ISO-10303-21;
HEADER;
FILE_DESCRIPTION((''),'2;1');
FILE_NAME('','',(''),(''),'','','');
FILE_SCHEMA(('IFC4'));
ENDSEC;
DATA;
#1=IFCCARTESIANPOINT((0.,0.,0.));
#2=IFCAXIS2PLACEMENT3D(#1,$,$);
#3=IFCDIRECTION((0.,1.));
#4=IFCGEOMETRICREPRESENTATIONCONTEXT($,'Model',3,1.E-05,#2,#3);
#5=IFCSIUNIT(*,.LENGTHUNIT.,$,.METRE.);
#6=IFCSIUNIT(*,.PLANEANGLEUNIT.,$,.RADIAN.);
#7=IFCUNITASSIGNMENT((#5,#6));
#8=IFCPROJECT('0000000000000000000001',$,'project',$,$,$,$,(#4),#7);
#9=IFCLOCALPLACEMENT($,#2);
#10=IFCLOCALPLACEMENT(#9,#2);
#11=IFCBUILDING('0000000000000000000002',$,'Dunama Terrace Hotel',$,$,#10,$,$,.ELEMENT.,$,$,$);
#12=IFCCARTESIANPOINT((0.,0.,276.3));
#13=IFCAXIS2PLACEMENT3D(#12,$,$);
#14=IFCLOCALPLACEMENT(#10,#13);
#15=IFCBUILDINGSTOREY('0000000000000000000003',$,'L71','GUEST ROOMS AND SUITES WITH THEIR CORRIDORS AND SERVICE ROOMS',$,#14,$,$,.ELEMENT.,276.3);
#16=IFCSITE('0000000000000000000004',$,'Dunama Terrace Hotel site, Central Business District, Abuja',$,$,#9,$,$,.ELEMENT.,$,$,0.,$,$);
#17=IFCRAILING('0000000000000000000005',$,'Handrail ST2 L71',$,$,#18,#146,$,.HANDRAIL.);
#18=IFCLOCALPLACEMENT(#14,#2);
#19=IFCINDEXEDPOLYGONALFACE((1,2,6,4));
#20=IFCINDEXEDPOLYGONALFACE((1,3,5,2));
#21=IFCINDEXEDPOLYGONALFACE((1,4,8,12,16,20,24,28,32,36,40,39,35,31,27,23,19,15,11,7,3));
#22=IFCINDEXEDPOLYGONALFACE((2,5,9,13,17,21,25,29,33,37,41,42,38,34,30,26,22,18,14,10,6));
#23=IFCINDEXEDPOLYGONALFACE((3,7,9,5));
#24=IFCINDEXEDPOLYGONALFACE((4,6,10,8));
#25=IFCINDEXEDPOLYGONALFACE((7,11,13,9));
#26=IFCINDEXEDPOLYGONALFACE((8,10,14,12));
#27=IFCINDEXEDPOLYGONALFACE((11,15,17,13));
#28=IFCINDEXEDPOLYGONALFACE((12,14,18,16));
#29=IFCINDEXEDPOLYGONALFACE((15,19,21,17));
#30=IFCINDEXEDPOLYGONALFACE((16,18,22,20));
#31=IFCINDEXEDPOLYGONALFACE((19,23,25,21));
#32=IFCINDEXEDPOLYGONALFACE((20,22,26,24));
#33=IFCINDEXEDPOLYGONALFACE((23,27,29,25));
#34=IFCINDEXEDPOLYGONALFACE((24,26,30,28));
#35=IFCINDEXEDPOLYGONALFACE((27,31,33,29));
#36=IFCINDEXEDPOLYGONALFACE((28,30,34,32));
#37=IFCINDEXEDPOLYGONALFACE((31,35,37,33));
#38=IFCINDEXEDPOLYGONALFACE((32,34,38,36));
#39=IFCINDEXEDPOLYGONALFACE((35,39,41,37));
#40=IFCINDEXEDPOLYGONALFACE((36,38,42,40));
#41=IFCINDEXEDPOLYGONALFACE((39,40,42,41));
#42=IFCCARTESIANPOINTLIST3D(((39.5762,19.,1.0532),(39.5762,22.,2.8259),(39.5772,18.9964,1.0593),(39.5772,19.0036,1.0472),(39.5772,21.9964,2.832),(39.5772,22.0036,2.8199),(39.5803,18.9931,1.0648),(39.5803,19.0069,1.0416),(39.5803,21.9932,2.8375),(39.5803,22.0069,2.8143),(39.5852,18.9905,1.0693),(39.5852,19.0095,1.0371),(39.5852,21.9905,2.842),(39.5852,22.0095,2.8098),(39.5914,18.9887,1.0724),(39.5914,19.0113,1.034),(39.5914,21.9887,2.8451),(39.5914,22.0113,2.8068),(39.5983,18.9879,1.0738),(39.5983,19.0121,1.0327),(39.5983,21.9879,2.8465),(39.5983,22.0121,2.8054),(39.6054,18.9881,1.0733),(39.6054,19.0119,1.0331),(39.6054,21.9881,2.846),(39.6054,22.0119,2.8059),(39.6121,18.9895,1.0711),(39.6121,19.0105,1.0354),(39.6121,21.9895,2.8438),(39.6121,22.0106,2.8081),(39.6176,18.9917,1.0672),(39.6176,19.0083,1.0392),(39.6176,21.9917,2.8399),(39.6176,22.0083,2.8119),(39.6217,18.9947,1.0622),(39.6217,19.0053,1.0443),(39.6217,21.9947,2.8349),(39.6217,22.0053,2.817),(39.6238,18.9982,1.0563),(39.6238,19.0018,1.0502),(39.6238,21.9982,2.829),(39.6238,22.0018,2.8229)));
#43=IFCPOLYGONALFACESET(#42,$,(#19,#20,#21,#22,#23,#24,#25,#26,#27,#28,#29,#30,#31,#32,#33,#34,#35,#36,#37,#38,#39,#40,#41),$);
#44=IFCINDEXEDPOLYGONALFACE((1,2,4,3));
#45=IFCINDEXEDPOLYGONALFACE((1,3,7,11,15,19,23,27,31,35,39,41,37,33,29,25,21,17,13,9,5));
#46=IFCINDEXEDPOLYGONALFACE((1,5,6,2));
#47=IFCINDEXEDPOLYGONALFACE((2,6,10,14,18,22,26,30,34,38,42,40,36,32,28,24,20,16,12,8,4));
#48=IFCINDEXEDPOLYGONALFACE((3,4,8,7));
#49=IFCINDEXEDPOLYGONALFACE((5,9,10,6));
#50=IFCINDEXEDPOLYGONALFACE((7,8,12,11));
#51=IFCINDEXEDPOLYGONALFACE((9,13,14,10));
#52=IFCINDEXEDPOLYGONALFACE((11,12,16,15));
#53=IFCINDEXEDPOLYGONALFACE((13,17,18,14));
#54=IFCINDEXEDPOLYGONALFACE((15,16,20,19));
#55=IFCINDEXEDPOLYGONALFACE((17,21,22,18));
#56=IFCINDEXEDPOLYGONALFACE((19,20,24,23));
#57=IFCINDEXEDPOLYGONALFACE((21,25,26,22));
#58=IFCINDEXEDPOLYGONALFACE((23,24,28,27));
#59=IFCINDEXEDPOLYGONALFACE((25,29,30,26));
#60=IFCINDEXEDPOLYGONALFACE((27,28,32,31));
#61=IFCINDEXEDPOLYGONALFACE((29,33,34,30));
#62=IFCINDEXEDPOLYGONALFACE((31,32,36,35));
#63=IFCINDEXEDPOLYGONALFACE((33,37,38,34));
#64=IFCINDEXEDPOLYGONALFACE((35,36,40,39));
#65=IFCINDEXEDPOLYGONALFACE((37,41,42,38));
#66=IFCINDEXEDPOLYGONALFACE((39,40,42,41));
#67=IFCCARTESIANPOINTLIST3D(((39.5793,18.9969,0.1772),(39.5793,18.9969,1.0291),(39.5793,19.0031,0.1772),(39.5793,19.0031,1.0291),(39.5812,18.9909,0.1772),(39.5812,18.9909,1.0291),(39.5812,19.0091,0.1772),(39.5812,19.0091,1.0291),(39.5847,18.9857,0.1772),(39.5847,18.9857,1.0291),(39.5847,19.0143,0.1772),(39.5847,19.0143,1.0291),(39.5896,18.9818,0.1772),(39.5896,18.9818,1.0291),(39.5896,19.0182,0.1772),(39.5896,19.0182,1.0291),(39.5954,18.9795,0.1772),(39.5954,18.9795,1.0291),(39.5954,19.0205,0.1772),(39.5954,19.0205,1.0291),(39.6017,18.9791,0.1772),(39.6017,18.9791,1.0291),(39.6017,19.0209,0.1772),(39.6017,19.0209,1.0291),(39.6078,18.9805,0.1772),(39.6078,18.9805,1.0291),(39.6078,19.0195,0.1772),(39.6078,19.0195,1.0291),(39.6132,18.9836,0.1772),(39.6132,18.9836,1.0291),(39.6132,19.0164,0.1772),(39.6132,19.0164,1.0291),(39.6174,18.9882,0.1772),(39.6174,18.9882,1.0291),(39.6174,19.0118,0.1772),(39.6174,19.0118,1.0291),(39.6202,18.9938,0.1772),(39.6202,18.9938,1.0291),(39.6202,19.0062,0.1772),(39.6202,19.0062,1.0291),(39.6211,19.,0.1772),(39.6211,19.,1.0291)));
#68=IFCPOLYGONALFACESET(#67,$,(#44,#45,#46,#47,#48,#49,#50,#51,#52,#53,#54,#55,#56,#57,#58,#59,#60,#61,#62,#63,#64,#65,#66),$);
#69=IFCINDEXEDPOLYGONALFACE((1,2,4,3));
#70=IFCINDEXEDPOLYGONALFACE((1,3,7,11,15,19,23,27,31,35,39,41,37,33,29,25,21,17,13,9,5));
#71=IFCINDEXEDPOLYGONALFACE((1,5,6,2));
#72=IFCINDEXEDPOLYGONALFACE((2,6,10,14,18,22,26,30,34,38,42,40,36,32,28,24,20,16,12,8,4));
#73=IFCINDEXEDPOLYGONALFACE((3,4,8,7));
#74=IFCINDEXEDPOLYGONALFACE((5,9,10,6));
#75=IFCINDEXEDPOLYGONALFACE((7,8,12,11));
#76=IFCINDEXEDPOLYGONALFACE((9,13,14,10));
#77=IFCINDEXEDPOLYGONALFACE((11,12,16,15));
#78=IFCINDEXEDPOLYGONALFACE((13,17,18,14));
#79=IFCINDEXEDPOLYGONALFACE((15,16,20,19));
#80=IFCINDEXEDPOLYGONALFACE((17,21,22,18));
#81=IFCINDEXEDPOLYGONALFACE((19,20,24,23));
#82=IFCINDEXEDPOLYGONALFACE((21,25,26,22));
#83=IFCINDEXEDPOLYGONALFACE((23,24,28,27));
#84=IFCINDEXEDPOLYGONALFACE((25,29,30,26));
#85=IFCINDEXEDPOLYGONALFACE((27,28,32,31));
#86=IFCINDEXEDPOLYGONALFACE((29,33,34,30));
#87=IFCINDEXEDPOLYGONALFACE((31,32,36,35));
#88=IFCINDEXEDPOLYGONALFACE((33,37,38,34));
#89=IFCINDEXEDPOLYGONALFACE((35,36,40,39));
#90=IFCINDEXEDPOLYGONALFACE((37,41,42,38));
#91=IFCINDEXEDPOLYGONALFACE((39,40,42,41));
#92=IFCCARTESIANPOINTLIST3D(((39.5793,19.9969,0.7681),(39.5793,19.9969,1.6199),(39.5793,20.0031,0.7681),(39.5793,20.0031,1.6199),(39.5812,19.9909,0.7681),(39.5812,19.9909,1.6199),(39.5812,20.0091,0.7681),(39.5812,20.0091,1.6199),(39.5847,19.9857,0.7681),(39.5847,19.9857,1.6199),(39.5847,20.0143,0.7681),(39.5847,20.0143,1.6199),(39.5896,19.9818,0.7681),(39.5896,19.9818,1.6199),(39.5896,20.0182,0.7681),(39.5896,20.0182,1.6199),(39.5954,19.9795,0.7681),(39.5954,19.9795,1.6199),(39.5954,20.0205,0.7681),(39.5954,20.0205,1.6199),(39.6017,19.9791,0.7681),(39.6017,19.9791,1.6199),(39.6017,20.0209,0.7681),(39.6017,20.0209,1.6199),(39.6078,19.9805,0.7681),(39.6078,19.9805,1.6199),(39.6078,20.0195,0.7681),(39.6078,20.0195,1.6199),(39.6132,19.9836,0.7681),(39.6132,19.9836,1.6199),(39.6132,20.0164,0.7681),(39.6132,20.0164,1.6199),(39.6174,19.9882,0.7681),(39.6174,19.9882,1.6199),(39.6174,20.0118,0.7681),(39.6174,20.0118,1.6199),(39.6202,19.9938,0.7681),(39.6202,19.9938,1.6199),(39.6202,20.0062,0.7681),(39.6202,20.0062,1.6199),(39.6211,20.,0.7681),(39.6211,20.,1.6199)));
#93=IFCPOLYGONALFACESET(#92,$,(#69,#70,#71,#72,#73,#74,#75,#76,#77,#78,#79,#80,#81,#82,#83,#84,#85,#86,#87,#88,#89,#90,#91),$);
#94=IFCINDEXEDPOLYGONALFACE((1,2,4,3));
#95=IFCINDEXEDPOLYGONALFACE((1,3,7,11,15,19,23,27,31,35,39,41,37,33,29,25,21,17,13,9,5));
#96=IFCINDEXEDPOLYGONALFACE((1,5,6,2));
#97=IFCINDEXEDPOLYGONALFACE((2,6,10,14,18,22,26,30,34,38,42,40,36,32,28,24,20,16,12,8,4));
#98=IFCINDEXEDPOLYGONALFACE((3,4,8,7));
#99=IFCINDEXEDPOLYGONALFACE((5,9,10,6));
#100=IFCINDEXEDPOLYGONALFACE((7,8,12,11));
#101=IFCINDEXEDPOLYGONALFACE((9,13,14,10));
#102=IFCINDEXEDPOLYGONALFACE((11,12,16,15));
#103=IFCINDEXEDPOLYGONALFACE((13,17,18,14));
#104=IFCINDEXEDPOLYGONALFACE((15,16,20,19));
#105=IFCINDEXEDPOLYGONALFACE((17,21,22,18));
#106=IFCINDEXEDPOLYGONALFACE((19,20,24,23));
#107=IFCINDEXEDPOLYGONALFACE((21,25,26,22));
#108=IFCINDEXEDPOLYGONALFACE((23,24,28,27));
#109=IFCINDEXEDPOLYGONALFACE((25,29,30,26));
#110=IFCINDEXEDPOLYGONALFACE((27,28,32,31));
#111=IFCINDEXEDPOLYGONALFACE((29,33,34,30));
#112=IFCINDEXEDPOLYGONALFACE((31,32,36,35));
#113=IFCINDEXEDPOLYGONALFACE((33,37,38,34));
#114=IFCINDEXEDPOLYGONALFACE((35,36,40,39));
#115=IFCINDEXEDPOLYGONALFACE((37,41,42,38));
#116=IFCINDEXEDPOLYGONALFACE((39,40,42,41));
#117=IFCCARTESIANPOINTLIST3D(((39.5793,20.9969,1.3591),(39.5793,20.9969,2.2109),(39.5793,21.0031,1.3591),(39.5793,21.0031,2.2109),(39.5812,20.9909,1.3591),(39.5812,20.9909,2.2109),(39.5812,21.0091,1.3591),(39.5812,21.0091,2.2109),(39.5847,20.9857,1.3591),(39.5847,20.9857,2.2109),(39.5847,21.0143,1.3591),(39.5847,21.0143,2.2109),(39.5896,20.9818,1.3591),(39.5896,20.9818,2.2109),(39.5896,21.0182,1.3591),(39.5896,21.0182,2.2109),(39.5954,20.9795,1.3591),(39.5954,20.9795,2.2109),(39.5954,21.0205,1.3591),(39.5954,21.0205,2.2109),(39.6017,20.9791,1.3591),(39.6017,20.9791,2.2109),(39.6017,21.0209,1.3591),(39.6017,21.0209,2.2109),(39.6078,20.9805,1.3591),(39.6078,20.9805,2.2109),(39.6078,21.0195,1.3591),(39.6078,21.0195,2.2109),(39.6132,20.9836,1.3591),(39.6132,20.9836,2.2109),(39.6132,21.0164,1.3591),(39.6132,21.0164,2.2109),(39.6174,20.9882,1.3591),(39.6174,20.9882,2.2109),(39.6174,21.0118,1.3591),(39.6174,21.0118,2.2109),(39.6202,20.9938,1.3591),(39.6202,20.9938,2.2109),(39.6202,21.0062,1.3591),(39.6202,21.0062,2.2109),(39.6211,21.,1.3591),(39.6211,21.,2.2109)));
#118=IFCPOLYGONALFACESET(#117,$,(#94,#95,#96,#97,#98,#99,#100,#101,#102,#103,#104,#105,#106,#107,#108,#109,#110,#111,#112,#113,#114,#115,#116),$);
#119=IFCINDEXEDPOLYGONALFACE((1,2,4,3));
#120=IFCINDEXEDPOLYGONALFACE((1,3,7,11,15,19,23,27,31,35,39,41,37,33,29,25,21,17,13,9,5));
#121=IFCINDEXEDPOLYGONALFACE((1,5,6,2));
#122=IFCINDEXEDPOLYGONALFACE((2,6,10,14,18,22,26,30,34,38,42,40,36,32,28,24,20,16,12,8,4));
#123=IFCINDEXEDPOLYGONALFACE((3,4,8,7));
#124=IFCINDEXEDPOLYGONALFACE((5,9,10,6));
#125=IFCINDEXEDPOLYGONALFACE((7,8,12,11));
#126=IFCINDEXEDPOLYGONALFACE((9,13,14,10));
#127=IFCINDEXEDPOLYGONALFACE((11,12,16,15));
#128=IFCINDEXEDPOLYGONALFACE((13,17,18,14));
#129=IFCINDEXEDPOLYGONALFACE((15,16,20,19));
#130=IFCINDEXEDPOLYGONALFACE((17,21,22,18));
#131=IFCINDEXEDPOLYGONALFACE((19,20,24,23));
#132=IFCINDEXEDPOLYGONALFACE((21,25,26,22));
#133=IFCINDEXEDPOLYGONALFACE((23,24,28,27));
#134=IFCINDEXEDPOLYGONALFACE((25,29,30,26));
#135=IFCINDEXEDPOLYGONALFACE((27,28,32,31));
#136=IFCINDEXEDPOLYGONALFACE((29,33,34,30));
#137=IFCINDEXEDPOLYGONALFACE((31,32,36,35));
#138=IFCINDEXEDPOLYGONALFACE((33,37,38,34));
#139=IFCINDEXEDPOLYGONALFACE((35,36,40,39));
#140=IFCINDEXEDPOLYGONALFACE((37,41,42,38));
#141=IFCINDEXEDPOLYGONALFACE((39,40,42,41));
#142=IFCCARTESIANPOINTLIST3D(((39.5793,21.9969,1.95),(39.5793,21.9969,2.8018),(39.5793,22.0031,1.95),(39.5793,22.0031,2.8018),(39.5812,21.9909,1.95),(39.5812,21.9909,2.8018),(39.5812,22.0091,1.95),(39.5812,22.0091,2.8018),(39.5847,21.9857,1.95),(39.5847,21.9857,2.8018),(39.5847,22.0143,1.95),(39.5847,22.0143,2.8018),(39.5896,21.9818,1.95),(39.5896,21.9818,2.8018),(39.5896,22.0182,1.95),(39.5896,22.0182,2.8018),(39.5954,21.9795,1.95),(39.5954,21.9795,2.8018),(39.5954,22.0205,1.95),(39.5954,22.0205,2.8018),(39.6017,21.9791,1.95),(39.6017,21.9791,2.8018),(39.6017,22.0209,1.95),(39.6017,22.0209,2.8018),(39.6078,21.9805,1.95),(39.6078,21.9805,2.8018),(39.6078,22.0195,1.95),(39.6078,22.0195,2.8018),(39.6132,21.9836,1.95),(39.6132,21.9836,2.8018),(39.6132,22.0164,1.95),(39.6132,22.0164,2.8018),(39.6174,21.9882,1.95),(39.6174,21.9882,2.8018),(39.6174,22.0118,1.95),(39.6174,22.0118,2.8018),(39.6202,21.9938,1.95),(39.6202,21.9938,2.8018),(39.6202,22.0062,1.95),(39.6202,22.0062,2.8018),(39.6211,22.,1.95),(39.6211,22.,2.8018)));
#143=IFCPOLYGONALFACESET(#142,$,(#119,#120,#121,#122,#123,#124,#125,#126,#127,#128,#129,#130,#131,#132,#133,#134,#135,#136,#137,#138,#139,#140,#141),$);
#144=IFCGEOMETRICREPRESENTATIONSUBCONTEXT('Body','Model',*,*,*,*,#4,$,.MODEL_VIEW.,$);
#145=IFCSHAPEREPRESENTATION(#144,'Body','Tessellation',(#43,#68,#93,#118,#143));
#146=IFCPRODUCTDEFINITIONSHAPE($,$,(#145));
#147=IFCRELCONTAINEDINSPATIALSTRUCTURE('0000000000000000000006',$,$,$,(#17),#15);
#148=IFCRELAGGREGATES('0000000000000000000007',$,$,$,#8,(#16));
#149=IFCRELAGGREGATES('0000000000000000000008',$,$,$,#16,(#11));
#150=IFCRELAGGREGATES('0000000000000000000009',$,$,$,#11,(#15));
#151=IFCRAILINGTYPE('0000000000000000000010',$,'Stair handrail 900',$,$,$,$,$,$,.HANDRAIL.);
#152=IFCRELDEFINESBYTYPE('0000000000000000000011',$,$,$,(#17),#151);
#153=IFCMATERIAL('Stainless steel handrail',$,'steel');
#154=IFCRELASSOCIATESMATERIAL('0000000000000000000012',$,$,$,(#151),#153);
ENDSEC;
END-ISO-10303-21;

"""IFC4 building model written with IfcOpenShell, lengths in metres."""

from ifc_helpers import new_model, si_unit, direction, frame, origin, origin_2d, place, context, subcontext, project, spatial, circle, extrude, material, type_object, element, save


model = new_model("IFC4")

# Units and contexts
model_context = context("Model", 3, precision=1e-05, world=origin(), true_north=direction((0.0, 1.0)))
body_context = subcontext(model_context, "Body", "Model", "MODEL_VIEW")
ifc_project = project(units=[si_unit("LENGTHUNIT", "METRE"), si_unit("PLANEANGLEUNIT", "RADIAN")], contexts=[model_context])

# Site, building, storey
site_placement = place(None, origin())
site = spatial("IfcSite", under=ifc_project, at=site_placement, Name="Dunama Terrace Hotel site, Central Business District, Abuja", CompositionType="ELEMENT", RefElevation=0.0)
building_placement = place(site_placement, origin())
building = spatial("IfcBuilding", under=site, at=building_placement, Name="Dunama Terrace Hotel", CompositionType="ELEMENT")
storey_placement = place(building_placement, frame((0.0, 0.0, 276.3)))
storey = spatial("IfcBuildingStorey", under=building, at=storey_placement, Name="L71", Description="GUEST ROOMS AND SUITES WITH THEIR CORRIDORS AND SERVICE ROOMS", CompositionType="ELEMENT", Elevation=276.3)

# Railing
ifc_material_1 = material(Name="Stainless steel handrail", Category="steel")
railing_type_1 = type_object("IfcRailingType", Name="Stair handrail 900", PredefinedType="HANDRAIL", material=ifc_material_1)
railing_1_placement = place(storey_placement, frame((39.6001, 19.0, 0.1772)))
element("IfcRailing", 1, at=railing_1_placement, inside=storey, type_object=railing_type_1, Name="Handrail ST2 L71", PredefinedType="HANDRAIL", context=body_context, shape_type="SweptSolid", body=[
    extrude(circle(Radius=0.0239, at=origin_2d()), frame((0.0, 0.0, 0.876), z_axis=(0.0, 0.860929, 0.508725), x_axis=(-1.0, 0.0, 0.0)), (0.0, 0.0, 1.0), 3.4846),
    extrude(circle(Radius=0.021, at=origin_2d()), origin(), (0.0, 0.0, 1.0), 0.8518),
    extrude(circle(Radius=0.021, at=origin_2d()), frame((0.0, 1.0, 0.5908)), (0.0, 0.0, 1.0), 0.8518),
    extrude(circle(Radius=0.021, at=origin_2d()), frame((0.0, 2.0, 1.1819)), (0.0, 0.0, 1.0), 0.8518),
    extrude(circle(Radius=0.021, at=origin_2d()), frame((0.0, 3.0, 1.7727)), (0.0, 0.0, 1.0), 0.8518),
])

save(model, "model.ifc")
